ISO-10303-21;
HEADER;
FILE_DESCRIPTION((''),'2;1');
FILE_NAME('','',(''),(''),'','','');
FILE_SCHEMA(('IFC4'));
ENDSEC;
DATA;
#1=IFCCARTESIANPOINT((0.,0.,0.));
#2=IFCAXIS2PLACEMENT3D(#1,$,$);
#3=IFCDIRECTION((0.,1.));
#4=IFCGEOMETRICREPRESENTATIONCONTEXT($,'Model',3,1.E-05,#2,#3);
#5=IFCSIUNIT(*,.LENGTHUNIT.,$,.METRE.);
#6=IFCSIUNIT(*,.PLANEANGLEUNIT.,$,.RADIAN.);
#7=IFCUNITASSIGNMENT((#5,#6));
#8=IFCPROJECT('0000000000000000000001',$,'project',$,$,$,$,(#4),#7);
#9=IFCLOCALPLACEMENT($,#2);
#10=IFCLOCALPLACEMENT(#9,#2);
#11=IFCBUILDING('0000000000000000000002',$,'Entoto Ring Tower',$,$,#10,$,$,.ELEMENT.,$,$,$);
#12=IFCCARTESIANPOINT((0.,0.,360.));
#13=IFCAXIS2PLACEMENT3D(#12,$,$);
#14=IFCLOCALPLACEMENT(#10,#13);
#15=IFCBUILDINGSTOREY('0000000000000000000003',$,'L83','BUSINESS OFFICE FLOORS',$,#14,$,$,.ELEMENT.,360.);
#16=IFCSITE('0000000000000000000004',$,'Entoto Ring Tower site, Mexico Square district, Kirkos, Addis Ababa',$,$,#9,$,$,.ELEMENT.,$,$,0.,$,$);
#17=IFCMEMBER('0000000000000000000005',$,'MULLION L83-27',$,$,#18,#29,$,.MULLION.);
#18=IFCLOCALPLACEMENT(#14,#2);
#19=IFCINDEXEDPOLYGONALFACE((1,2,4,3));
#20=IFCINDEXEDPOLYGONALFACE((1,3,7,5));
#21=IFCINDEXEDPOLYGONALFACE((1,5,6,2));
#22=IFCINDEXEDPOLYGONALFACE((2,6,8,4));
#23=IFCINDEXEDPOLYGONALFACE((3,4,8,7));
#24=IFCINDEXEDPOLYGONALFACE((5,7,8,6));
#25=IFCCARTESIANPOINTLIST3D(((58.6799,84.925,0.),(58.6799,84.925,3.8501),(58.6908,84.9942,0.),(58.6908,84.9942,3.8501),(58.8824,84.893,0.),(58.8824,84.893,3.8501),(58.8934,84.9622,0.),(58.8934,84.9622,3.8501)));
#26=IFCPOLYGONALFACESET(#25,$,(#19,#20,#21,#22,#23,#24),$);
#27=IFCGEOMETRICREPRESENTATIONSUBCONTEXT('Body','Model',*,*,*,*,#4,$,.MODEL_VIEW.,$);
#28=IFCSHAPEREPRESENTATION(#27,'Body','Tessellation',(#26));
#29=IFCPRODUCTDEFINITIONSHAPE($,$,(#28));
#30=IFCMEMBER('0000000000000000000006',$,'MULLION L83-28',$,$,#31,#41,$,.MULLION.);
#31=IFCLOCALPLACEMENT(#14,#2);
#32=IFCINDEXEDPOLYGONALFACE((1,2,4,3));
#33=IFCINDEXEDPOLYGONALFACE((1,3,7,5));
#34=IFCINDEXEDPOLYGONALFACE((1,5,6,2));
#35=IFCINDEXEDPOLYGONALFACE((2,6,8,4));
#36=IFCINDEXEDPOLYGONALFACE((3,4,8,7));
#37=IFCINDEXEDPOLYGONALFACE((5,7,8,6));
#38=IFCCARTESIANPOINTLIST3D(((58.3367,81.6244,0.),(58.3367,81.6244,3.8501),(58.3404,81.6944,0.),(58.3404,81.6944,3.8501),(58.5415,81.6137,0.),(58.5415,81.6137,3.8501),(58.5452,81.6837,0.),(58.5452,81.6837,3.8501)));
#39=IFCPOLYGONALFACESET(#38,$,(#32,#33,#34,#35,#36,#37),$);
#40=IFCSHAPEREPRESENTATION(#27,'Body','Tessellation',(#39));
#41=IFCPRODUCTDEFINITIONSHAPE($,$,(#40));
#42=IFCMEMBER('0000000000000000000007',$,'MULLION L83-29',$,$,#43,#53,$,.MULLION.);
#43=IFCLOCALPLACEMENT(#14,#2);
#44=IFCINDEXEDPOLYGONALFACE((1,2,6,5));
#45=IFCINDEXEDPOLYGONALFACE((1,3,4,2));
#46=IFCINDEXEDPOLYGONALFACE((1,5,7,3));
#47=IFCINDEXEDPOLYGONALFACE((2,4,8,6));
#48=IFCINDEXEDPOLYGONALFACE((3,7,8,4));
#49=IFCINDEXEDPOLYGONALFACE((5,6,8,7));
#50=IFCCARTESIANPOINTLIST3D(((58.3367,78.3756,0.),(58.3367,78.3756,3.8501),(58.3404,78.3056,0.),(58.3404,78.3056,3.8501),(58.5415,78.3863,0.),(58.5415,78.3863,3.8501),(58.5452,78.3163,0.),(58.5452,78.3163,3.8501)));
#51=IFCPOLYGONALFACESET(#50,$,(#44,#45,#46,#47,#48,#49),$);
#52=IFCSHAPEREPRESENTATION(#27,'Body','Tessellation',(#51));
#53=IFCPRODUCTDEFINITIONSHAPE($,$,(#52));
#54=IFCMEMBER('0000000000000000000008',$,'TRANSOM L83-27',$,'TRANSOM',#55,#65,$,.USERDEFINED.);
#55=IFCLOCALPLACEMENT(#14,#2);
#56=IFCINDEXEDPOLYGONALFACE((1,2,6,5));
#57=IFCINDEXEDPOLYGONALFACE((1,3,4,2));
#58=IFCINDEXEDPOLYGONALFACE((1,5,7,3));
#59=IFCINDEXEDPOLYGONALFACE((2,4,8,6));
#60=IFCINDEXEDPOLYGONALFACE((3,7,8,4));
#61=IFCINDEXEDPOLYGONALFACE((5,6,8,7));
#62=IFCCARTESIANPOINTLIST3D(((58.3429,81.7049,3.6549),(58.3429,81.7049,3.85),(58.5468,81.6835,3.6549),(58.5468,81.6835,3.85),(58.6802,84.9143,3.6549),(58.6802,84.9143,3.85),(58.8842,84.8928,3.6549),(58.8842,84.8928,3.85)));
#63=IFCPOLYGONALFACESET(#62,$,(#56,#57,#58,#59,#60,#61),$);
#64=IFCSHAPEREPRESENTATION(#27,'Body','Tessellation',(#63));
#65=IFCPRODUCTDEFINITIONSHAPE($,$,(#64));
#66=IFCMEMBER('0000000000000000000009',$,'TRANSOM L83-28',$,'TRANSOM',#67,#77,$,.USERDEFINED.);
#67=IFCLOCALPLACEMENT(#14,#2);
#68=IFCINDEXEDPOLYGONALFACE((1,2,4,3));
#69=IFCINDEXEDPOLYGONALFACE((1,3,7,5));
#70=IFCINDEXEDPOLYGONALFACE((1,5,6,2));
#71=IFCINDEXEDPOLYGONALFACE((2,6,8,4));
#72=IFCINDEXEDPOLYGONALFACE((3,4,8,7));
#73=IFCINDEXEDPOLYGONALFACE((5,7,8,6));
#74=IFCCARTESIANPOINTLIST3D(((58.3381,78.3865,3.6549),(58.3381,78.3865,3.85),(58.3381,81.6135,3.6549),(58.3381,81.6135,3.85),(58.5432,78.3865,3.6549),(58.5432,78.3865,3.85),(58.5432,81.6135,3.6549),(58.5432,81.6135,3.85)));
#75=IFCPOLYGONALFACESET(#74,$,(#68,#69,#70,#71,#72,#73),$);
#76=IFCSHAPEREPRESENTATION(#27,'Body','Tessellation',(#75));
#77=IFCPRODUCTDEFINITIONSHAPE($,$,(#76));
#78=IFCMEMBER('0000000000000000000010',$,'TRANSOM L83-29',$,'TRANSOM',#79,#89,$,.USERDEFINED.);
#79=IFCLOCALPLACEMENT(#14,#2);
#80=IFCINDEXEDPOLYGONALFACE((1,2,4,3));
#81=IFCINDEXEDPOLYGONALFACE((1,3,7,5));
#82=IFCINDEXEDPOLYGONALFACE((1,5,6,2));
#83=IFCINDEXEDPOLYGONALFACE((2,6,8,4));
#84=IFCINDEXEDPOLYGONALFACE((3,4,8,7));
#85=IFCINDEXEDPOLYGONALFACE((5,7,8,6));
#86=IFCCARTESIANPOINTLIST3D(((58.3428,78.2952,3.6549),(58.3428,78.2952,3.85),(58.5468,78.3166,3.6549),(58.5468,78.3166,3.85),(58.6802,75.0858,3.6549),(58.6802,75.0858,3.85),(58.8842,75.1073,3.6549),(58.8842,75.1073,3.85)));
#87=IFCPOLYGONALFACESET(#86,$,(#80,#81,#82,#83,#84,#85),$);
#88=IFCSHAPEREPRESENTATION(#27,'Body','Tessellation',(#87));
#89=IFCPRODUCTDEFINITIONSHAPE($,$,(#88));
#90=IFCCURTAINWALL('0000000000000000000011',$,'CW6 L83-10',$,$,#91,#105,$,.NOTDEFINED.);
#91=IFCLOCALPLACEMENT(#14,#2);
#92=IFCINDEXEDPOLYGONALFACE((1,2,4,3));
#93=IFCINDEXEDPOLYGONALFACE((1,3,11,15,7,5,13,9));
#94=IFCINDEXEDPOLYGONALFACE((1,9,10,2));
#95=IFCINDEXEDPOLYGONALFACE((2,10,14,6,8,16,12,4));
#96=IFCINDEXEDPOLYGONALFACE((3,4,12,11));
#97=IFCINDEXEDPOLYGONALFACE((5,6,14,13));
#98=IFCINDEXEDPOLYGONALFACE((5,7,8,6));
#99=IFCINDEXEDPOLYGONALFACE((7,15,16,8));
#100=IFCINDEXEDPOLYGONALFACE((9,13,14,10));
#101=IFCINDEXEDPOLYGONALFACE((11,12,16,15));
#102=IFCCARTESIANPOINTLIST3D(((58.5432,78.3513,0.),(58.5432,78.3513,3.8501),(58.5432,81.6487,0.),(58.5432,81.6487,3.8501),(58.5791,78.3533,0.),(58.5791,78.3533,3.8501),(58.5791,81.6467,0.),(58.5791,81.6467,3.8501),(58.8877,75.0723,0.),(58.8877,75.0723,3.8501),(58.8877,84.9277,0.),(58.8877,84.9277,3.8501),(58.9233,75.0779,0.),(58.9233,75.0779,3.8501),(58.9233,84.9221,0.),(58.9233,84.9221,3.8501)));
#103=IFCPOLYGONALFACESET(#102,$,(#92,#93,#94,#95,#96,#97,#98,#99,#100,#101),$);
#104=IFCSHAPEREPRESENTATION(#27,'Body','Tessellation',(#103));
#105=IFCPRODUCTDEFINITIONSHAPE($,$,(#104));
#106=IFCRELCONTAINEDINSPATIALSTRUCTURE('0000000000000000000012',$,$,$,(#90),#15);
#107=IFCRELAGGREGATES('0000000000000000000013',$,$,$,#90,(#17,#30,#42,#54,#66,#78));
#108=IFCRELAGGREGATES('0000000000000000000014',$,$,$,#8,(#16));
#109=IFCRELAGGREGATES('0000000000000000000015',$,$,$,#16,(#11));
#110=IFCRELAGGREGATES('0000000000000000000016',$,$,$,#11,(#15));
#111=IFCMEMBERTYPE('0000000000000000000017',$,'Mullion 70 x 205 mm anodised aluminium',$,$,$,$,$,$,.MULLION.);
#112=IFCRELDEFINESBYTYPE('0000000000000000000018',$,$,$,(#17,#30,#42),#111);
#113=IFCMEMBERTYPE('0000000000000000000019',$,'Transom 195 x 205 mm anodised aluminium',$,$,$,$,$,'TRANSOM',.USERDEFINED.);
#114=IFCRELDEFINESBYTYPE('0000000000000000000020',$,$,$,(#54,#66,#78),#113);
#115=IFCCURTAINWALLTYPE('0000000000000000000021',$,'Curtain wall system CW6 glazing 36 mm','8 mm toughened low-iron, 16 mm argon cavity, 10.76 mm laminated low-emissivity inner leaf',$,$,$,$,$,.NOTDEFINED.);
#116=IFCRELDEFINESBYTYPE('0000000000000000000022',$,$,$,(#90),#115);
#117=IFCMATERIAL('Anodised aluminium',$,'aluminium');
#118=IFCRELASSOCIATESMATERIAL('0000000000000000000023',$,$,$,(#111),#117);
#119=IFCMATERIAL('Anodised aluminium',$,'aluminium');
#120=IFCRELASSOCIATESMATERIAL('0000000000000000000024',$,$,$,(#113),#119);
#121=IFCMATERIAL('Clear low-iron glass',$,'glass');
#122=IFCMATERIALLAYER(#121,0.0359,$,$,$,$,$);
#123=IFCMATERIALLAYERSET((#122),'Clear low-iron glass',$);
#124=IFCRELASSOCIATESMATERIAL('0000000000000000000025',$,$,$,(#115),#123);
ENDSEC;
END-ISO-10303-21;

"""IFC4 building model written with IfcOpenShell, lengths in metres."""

from ifc_helpers import new_model, si_unit, direction, frame, origin, origin_2d, place, context, subcontext, project, spatial, polyline, rectangle, outline, extrude, material, layer, layer_set, material_profile, profile_set, type_object, element, aggregate, save


model = new_model("IFC4")

# Units and contexts
model_context = context("Model", 3, precision=1e-05, world=origin(), true_north=direction((0.0, 1.0)))
body_context = subcontext(model_context, "Body", "Model", "MODEL_VIEW")
ifc_project = project(units=[si_unit("LENGTHUNIT", "METRE"), si_unit("PLANEANGLEUNIT", "RADIAN")], contexts=[model_context])

# Members
ifc_material_1 = material(Name="Anodised aluminium", Category="aluminium")
ifc_material_profile_1 = material_profile(ifc_material_1, rectangle(XDim=0.0701, YDim=0.2051, at=origin_2d()), Name="Mullion 70 x 205 mm anodised aluminium")
ifc_profile_set_1 = profile_set([ifc_material_profile_1], Name="Anodised aluminium")
member_type_1 = type_object("IfcMemberType", Name="Mullion 70 x 205 mm anodised aluminium", PredefinedType="MULLION", material=ifc_profile_set_1)
site_placement = place(None, origin())
building_placement = place(site_placement, origin())
storey_placement = place(building_placement, frame((0.0, 0.0, 360.0)))
member_1_placement = place(storey_placement, frame((58.7866, 84.9436, 0.0), z_axis=(0.0, 0.0, 1.0), x_axis=(-0.156434, -0.987688, 0.0)))
member_1 = element("IfcMember", 1, at=member_1_placement, type_object=member_type_1, Name="MULLION L83-27", PredefinedType="MULLION", context=body_context, shape_type="SweptSolid", body=[
    extrude(rectangle(XDim=0.0701, YDim=0.2051, at=origin_2d()), origin(), (0.0, 0.0, 1.0), 3.8501),
])
member_2_placement = place(storey_placement, frame((58.4409, 81.6541, 0.0), z_axis=(0.0, 0.0, 1.0), x_axis=(-0.052336, -0.99863, 0.0)))
member_2 = element("IfcMember", 2, at=member_2_placement, type_object=member_type_1, Name="MULLION L83-28", PredefinedType="MULLION", context=body_context, shape_type="SweptSolid", body=[
    extrude(rectangle(XDim=0.0701, YDim=0.2051, at=origin_2d()), origin(), (0.0, 0.0, 1.0), 3.8501),
])
member_3_placement = place(storey_placement, frame((58.4409, 78.3459, 0.0), z_axis=(0.0, 0.0, 1.0), x_axis=(0.052336, -0.99863, 0.0)))
member_3 = element("IfcMember", 3, at=member_3_placement, type_object=member_type_1, Name="MULLION L83-29", PredefinedType="MULLION", context=body_context, shape_type="SweptSolid", body=[
    extrude(rectangle(XDim=0.0701, YDim=0.2051, at=origin_2d()), origin(), (0.0, 0.0, 1.0), 3.8501),
])
ifc_material_2 = material(Name="Anodised aluminium", Category="aluminium")
ifc_material_profile_2 = material_profile(ifc_material_2, rectangle(XDim=0.2051, YDim=0.1951, at=origin_2d()), Name="Transom 195 x 205 mm anodised aluminium")
ifc_profile_set_2 = profile_set([ifc_material_profile_2], Name="Anodised aluminium")
member_type_2 = type_object("IfcMemberType", Name="Transom 195 x 205 mm anodised aluminium", ElementType="TRANSOM", PredefinedType="USERDEFINED", material=ifc_profile_set_2)
member_4_placement = place(storey_placement, frame((58.7822, 84.9036, 3.7524), z_axis=(-0.104551, -0.99452, 0.0), x_axis=(0.99452, -0.104551, 0.0)))
member_4 = element("IfcMember", 4, at=member_4_placement, type_object=member_type_2, Name="TRANSOM L83-27", ObjectType="TRANSOM", PredefinedType="USERDEFINED", context=body_context, shape_type="SweptSolid", body=[
    extrude(rectangle(XDim=0.2051, YDim=0.1951, at=origin_2d()), origin(), (0.0, 0.0, 1.0), 3.2271),
])
member_5_placement = place(storey_placement, frame((58.4407, 81.6135, 3.7524), z_axis=(0.0, -1.0, 0.0), x_axis=(1.0, 0.0, 0.0)))
member_5 = element("IfcMember", 5, at=member_5_placement, type_object=member_type_2, Name="TRANSOM L83-28", ObjectType="TRANSOM", PredefinedType="USERDEFINED", context=body_context, shape_type="SweptSolid", body=[
    extrude(rectangle(XDim=0.2051, YDim=0.1951, at=origin_2d()), origin(), (0.0, 0.0, 1.0), 3.2271),
])
member_6_placement = place(storey_placement, frame((58.4448, 78.3059, 3.7524), z_axis=(0.104551, -0.99452, 0.0), x_axis=(0.99452, 0.104551, 0.0)))
member_6 = element("IfcMember", 6, at=member_6_placement, type_object=member_type_2, Name="TRANSOM L83-29", ObjectType="TRANSOM", PredefinedType="USERDEFINED", context=body_context, shape_type="SweptSolid", body=[
    extrude(rectangle(XDim=0.2051, YDim=0.1951, at=origin_2d()), origin(), (0.0, 0.0, 1.0), 3.2271),
])

# Site, building, storey
site = spatial("IfcSite", under=ifc_project, at=site_placement, Name="Entoto Ring Tower site, Mexico Square district, Kirkos, Addis Ababa", CompositionType="ELEMENT", RefElevation=0.0)
building = spatial("IfcBuilding", under=site, at=building_placement, Name="Entoto Ring Tower", CompositionType="ELEMENT")
storey = spatial("IfcBuildingStorey", under=building, at=storey_placement, Name="L83", Description="BUSINESS OFFICE FLOORS", CompositionType="ELEMENT", Elevation=360.0)

# Curtain wall
ifc_material_3 = material(Name="Clear low-iron glass", Category="glass")
ifc_layer = layer(ifc_material_3, 0.0359)
ifc_layer_set = layer_set([ifc_layer], Name="Clear low-iron glass")
curtain_wall_type = type_object("IfcCurtainWallType", Name="Curtain wall system CW6 glazing 36 mm", Description="8 mm toughened low-iron, 16 mm argon cavity, 10.76 mm laminated low-emissivity inner leaf", PredefinedType="NOTDEFINED", material=ifc_layer_set)
curtain_wall_1_placement = place(storey_placement, origin())
curtain_wall_1 = element("IfcCurtainWall", 7, at=curtain_wall_1_placement, inside=storey, type_object=curtain_wall_type, Name="CW6 L83-10", PredefinedType="NOTDEFINED", context=body_context, shape_type="SweptSolid", body=[
    extrude(outline(polyline([(58.8877, 84.9277), (58.5432, 81.6487), (58.5432, 78.3513), (58.8877, 75.0723), (58.9233, 75.0779), (58.5791, 78.3533), (58.5791, 81.6467), (58.9233, 84.9221), (58.8877, 84.9277)])), origin(), (0.0, 0.0, 1.0), 3.8501),
])
aggregate(curtain_wall_1, [member_1, member_2, member_3, member_4, member_5, member_6])

save(model, "model.ifc")
